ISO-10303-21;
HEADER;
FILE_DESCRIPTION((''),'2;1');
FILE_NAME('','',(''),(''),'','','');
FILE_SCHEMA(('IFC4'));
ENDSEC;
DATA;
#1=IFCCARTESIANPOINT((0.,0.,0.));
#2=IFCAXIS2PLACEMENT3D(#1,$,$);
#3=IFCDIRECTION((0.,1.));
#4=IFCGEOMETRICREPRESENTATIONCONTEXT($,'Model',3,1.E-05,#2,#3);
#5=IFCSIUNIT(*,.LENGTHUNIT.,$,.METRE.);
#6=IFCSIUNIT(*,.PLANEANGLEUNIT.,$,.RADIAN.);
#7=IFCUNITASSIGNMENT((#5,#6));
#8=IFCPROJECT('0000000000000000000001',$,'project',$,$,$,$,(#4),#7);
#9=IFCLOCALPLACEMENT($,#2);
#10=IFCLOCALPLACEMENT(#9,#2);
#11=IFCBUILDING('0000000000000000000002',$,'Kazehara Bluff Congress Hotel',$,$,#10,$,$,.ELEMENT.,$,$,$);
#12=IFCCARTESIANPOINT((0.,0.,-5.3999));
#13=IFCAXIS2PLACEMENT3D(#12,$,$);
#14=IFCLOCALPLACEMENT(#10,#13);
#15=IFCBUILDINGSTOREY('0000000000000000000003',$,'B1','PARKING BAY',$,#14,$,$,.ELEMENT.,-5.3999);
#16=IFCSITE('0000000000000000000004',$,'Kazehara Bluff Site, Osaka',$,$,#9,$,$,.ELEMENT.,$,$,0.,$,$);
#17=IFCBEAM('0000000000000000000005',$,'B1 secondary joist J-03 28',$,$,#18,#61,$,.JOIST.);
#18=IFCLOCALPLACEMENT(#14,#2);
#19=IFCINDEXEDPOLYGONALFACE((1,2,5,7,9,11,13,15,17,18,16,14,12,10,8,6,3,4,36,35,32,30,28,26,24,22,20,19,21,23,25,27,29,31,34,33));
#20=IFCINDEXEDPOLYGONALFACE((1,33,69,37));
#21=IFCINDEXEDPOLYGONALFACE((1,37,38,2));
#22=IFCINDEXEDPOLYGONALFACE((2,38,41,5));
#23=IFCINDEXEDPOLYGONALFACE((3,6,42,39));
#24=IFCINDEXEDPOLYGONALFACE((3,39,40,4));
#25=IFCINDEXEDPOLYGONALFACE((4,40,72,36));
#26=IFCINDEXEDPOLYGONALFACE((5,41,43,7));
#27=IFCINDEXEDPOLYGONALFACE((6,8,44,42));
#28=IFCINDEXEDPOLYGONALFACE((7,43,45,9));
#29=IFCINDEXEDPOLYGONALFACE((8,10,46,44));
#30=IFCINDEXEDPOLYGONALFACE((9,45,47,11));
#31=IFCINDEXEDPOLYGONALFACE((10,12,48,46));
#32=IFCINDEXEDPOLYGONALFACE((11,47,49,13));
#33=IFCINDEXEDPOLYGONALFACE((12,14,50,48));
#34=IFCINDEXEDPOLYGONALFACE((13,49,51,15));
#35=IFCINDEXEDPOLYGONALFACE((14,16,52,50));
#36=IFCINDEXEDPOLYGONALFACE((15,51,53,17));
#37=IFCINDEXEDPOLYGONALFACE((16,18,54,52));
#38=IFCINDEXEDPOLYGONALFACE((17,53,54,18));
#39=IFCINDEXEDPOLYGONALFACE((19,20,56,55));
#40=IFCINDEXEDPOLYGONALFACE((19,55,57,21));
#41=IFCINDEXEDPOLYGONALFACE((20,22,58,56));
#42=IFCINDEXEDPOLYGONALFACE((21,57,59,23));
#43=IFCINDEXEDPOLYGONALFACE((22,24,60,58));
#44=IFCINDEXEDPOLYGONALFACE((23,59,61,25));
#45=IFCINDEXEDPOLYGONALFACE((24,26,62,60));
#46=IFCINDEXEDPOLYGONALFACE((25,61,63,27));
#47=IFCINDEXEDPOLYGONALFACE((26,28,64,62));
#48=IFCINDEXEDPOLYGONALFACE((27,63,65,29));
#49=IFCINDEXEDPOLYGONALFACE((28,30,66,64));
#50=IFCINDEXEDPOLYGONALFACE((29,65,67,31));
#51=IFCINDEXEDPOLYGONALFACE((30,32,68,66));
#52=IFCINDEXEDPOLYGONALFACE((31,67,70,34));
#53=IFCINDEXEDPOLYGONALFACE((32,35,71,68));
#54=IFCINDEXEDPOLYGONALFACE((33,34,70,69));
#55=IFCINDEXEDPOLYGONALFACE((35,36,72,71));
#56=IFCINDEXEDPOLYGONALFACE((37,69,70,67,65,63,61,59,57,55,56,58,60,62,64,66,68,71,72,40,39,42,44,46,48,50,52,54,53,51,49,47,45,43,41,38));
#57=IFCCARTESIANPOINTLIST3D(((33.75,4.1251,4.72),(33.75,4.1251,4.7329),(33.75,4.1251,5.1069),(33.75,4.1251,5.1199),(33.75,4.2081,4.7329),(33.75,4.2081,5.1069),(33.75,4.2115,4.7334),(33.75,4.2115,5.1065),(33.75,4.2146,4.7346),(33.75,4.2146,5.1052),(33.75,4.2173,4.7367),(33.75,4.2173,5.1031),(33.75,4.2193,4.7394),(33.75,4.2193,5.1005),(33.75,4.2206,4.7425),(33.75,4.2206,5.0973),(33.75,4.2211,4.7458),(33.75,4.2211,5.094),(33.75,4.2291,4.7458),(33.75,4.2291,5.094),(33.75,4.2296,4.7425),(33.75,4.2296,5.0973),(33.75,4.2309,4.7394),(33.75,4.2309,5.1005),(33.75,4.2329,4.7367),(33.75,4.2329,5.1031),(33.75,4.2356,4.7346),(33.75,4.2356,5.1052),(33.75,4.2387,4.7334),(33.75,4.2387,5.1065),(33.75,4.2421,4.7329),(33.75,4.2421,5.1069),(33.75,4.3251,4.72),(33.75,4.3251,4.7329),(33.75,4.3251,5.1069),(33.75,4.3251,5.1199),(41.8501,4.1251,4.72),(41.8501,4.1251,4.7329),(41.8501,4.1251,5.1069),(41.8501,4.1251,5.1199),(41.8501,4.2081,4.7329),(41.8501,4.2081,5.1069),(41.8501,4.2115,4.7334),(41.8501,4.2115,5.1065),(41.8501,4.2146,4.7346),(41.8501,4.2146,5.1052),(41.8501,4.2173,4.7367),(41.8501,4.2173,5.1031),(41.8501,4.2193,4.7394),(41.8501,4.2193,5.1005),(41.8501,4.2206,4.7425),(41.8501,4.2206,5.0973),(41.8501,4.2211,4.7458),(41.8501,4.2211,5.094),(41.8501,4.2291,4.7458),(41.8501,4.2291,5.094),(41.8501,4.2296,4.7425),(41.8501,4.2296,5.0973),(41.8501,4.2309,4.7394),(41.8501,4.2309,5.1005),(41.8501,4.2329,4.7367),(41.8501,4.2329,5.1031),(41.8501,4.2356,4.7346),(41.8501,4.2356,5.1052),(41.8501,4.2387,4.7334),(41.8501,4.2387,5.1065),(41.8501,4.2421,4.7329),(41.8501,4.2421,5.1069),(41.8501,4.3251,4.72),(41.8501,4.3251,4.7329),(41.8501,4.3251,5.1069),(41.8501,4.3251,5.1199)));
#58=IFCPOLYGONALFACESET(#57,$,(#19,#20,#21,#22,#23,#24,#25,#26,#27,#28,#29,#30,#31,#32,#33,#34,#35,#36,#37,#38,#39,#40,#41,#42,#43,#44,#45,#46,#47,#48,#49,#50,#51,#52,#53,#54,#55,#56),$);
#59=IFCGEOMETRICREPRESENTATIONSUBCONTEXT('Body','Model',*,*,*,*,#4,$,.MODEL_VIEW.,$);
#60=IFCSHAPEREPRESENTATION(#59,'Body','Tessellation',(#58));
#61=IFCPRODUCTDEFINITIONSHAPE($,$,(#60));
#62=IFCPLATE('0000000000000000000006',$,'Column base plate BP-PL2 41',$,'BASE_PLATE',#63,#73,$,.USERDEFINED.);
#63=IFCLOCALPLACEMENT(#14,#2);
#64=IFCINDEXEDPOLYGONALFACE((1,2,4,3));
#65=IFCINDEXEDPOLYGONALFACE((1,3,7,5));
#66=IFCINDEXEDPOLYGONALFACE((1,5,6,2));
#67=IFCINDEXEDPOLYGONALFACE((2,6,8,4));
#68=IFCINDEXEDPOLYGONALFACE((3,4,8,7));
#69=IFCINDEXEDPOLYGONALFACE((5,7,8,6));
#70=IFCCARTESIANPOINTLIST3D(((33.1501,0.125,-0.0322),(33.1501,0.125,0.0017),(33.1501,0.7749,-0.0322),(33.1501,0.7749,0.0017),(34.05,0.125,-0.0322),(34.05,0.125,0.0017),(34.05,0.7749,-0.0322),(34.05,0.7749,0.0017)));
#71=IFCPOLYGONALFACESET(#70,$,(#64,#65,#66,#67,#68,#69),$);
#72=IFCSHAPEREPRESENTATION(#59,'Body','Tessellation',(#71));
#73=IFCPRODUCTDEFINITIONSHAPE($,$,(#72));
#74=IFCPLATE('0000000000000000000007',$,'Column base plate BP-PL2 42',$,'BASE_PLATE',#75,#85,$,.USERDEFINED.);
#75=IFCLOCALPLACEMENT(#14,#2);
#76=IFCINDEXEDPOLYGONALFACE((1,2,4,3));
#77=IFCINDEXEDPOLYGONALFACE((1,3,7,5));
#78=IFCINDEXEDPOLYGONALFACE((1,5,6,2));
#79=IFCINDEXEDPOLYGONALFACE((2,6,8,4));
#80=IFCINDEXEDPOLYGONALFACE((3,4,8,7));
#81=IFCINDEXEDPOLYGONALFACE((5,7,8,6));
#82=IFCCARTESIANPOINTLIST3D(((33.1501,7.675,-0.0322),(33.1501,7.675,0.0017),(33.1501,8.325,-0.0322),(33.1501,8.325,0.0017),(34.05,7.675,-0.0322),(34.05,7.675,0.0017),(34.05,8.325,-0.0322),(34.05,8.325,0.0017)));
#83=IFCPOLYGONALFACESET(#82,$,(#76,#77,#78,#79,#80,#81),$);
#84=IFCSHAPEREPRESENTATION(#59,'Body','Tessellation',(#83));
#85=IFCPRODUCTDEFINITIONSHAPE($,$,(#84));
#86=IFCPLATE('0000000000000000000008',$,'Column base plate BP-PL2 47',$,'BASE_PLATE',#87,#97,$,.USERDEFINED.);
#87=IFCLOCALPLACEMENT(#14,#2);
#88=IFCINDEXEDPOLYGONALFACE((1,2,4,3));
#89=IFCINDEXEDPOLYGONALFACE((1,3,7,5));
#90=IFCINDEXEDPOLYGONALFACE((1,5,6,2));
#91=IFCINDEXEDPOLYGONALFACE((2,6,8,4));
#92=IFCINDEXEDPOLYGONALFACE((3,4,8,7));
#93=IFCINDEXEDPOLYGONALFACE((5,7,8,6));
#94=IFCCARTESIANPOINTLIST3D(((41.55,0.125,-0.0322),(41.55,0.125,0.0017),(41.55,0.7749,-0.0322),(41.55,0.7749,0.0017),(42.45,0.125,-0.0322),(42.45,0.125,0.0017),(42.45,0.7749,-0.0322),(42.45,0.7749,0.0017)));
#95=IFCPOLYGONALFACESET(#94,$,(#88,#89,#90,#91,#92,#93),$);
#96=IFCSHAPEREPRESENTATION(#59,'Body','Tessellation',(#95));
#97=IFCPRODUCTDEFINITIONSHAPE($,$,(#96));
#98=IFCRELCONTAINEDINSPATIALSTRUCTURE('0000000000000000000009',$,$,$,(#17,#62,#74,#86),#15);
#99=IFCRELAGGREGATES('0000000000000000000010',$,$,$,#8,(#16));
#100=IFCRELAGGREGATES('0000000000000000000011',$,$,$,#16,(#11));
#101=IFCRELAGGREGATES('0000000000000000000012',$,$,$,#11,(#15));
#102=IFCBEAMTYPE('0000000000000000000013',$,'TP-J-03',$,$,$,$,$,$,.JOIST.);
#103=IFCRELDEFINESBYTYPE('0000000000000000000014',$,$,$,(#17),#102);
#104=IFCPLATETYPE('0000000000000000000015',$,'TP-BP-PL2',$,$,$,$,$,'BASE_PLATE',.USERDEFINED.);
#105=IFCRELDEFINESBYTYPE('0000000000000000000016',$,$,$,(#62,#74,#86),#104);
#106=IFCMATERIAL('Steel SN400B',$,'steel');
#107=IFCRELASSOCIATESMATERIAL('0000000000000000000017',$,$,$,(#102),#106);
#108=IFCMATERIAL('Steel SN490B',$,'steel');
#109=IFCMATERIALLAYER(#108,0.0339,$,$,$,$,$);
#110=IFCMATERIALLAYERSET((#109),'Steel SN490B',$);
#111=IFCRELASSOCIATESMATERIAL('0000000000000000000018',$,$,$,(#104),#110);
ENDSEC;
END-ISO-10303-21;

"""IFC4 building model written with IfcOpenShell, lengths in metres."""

from ifc_helpers import new_model, si_unit, direction, frame, origin, origin_2d, place, context, subcontext, project, spatial, rectangle, i_section, extrude, material, layer, layer_set, material_profile, profile_set, type_object, element, save


model = new_model("IFC4")

# Units and contexts
model_context = context("Model", 3, precision=1e-05, world=origin(), true_north=direction((0.0, 1.0)))
body_context = subcontext(model_context, "Body", "Model", "MODEL_VIEW")
ifc_project = project(units=[si_unit("LENGTHUNIT", "METRE"), si_unit("PLANEANGLEUNIT", "RADIAN")], contexts=[model_context])

# Site, building, storey
site_placement = place(None, origin())
site = spatial("IfcSite", under=ifc_project, at=site_placement, Name="Kazehara Bluff Site, Osaka", CompositionType="ELEMENT", RefElevation=0.0)
building_placement = place(site_placement, origin())
building = spatial("IfcBuilding", under=site, at=building_placement, Name="Kazehara Bluff Congress Hotel", CompositionType="ELEMENT")
storey_placement = place(building_placement, frame((0.0, 0.0, -5.3999)))
storey = spatial("IfcBuildingStorey", under=building, at=storey_placement, Name="B1", Description="PARKING BAY", CompositionType="ELEMENT", Elevation=-5.3999)

# Beam
ifc_material_1 = material(Name="Steel SN400B", Category="steel")
ifc_material_profile_1 = material_profile(ifc_material_1, i_section(OverallWidth=0.2, OverallDepth=0.3999, WebThickness=0.0081, FlangeThickness=0.0129, FilletRadius=0.0129, at=origin_2d()))
ifc_profile_set_1 = profile_set([ifc_material_profile_1], Name="Steel SN400B")
beam_type_1 = type_object("IfcBeamType", Name="TP-J-03", PredefinedType="JOIST", material=ifc_profile_set_1)
beam_placement = place(storey_placement, frame((33.75, 4.2251, 4.9199), z_axis=(1.0, 0.0, 0.0), x_axis=(0.0, 1.0, 0.0)))
element("IfcBeam", 1, at=beam_placement, inside=storey, type_object=beam_type_1, Name="B1 secondary joist J-03 28", PredefinedType="JOIST", context=body_context, shape_type="SweptSolid", body=[
    extrude(i_section(OverallWidth=0.2, OverallDepth=0.3999, WebThickness=0.0081, FlangeThickness=0.0129, FilletRadius=0.0129, at=origin_2d()), origin(), (0.0, 0.0, 1.0), 8.1001),
])

# Plates
ifc_material_2 = material(Name="Steel SN490B", Category="steel")
ifc_layer_1 = layer(ifc_material_2, 0.0339)
ifc_layer_set_1 = layer_set([ifc_layer_1], Name="Steel SN490B")
plate_type = type_object("IfcPlateType", Name="TP-BP-PL2", ElementType="BASE_PLATE", PredefinedType="USERDEFINED", material=ifc_layer_set_1)
for number, where, z_axis, x_axis, name in (
    (2, (33.6001, 0.45, -0.0322), (0.0, 0.0, 1.0), (1.0, 0.0, 0.0), "Column base plate BP-PL2 41"),
    (3, (33.6001, 8.0, -0.0322), (0.0, 0.0, 1.0), (1.0, 0.0, 0.0), "Column base plate BP-PL2 42"),
    (4, (42.0, 0.45, -0.0322), (0.0, 0.0, 1.0), (1.0, 0.0, 0.0), "Column base plate BP-PL2 47"),
):
    element("IfcPlate", number, at=place(storey_placement, frame(where, z_axis=z_axis, x_axis=x_axis)), inside=storey, type_object=plate_type, Name=name, ObjectType="BASE_PLATE", PredefinedType="USERDEFINED", context=body_context, shape_type="SweptSolid", body=[
        extrude(rectangle(XDim=0.8999, YDim=0.6499, at=origin_2d()), origin(), (0.0, 0.0, 1.0), 0.0339),
    ])

save(model, "model.ifc")
